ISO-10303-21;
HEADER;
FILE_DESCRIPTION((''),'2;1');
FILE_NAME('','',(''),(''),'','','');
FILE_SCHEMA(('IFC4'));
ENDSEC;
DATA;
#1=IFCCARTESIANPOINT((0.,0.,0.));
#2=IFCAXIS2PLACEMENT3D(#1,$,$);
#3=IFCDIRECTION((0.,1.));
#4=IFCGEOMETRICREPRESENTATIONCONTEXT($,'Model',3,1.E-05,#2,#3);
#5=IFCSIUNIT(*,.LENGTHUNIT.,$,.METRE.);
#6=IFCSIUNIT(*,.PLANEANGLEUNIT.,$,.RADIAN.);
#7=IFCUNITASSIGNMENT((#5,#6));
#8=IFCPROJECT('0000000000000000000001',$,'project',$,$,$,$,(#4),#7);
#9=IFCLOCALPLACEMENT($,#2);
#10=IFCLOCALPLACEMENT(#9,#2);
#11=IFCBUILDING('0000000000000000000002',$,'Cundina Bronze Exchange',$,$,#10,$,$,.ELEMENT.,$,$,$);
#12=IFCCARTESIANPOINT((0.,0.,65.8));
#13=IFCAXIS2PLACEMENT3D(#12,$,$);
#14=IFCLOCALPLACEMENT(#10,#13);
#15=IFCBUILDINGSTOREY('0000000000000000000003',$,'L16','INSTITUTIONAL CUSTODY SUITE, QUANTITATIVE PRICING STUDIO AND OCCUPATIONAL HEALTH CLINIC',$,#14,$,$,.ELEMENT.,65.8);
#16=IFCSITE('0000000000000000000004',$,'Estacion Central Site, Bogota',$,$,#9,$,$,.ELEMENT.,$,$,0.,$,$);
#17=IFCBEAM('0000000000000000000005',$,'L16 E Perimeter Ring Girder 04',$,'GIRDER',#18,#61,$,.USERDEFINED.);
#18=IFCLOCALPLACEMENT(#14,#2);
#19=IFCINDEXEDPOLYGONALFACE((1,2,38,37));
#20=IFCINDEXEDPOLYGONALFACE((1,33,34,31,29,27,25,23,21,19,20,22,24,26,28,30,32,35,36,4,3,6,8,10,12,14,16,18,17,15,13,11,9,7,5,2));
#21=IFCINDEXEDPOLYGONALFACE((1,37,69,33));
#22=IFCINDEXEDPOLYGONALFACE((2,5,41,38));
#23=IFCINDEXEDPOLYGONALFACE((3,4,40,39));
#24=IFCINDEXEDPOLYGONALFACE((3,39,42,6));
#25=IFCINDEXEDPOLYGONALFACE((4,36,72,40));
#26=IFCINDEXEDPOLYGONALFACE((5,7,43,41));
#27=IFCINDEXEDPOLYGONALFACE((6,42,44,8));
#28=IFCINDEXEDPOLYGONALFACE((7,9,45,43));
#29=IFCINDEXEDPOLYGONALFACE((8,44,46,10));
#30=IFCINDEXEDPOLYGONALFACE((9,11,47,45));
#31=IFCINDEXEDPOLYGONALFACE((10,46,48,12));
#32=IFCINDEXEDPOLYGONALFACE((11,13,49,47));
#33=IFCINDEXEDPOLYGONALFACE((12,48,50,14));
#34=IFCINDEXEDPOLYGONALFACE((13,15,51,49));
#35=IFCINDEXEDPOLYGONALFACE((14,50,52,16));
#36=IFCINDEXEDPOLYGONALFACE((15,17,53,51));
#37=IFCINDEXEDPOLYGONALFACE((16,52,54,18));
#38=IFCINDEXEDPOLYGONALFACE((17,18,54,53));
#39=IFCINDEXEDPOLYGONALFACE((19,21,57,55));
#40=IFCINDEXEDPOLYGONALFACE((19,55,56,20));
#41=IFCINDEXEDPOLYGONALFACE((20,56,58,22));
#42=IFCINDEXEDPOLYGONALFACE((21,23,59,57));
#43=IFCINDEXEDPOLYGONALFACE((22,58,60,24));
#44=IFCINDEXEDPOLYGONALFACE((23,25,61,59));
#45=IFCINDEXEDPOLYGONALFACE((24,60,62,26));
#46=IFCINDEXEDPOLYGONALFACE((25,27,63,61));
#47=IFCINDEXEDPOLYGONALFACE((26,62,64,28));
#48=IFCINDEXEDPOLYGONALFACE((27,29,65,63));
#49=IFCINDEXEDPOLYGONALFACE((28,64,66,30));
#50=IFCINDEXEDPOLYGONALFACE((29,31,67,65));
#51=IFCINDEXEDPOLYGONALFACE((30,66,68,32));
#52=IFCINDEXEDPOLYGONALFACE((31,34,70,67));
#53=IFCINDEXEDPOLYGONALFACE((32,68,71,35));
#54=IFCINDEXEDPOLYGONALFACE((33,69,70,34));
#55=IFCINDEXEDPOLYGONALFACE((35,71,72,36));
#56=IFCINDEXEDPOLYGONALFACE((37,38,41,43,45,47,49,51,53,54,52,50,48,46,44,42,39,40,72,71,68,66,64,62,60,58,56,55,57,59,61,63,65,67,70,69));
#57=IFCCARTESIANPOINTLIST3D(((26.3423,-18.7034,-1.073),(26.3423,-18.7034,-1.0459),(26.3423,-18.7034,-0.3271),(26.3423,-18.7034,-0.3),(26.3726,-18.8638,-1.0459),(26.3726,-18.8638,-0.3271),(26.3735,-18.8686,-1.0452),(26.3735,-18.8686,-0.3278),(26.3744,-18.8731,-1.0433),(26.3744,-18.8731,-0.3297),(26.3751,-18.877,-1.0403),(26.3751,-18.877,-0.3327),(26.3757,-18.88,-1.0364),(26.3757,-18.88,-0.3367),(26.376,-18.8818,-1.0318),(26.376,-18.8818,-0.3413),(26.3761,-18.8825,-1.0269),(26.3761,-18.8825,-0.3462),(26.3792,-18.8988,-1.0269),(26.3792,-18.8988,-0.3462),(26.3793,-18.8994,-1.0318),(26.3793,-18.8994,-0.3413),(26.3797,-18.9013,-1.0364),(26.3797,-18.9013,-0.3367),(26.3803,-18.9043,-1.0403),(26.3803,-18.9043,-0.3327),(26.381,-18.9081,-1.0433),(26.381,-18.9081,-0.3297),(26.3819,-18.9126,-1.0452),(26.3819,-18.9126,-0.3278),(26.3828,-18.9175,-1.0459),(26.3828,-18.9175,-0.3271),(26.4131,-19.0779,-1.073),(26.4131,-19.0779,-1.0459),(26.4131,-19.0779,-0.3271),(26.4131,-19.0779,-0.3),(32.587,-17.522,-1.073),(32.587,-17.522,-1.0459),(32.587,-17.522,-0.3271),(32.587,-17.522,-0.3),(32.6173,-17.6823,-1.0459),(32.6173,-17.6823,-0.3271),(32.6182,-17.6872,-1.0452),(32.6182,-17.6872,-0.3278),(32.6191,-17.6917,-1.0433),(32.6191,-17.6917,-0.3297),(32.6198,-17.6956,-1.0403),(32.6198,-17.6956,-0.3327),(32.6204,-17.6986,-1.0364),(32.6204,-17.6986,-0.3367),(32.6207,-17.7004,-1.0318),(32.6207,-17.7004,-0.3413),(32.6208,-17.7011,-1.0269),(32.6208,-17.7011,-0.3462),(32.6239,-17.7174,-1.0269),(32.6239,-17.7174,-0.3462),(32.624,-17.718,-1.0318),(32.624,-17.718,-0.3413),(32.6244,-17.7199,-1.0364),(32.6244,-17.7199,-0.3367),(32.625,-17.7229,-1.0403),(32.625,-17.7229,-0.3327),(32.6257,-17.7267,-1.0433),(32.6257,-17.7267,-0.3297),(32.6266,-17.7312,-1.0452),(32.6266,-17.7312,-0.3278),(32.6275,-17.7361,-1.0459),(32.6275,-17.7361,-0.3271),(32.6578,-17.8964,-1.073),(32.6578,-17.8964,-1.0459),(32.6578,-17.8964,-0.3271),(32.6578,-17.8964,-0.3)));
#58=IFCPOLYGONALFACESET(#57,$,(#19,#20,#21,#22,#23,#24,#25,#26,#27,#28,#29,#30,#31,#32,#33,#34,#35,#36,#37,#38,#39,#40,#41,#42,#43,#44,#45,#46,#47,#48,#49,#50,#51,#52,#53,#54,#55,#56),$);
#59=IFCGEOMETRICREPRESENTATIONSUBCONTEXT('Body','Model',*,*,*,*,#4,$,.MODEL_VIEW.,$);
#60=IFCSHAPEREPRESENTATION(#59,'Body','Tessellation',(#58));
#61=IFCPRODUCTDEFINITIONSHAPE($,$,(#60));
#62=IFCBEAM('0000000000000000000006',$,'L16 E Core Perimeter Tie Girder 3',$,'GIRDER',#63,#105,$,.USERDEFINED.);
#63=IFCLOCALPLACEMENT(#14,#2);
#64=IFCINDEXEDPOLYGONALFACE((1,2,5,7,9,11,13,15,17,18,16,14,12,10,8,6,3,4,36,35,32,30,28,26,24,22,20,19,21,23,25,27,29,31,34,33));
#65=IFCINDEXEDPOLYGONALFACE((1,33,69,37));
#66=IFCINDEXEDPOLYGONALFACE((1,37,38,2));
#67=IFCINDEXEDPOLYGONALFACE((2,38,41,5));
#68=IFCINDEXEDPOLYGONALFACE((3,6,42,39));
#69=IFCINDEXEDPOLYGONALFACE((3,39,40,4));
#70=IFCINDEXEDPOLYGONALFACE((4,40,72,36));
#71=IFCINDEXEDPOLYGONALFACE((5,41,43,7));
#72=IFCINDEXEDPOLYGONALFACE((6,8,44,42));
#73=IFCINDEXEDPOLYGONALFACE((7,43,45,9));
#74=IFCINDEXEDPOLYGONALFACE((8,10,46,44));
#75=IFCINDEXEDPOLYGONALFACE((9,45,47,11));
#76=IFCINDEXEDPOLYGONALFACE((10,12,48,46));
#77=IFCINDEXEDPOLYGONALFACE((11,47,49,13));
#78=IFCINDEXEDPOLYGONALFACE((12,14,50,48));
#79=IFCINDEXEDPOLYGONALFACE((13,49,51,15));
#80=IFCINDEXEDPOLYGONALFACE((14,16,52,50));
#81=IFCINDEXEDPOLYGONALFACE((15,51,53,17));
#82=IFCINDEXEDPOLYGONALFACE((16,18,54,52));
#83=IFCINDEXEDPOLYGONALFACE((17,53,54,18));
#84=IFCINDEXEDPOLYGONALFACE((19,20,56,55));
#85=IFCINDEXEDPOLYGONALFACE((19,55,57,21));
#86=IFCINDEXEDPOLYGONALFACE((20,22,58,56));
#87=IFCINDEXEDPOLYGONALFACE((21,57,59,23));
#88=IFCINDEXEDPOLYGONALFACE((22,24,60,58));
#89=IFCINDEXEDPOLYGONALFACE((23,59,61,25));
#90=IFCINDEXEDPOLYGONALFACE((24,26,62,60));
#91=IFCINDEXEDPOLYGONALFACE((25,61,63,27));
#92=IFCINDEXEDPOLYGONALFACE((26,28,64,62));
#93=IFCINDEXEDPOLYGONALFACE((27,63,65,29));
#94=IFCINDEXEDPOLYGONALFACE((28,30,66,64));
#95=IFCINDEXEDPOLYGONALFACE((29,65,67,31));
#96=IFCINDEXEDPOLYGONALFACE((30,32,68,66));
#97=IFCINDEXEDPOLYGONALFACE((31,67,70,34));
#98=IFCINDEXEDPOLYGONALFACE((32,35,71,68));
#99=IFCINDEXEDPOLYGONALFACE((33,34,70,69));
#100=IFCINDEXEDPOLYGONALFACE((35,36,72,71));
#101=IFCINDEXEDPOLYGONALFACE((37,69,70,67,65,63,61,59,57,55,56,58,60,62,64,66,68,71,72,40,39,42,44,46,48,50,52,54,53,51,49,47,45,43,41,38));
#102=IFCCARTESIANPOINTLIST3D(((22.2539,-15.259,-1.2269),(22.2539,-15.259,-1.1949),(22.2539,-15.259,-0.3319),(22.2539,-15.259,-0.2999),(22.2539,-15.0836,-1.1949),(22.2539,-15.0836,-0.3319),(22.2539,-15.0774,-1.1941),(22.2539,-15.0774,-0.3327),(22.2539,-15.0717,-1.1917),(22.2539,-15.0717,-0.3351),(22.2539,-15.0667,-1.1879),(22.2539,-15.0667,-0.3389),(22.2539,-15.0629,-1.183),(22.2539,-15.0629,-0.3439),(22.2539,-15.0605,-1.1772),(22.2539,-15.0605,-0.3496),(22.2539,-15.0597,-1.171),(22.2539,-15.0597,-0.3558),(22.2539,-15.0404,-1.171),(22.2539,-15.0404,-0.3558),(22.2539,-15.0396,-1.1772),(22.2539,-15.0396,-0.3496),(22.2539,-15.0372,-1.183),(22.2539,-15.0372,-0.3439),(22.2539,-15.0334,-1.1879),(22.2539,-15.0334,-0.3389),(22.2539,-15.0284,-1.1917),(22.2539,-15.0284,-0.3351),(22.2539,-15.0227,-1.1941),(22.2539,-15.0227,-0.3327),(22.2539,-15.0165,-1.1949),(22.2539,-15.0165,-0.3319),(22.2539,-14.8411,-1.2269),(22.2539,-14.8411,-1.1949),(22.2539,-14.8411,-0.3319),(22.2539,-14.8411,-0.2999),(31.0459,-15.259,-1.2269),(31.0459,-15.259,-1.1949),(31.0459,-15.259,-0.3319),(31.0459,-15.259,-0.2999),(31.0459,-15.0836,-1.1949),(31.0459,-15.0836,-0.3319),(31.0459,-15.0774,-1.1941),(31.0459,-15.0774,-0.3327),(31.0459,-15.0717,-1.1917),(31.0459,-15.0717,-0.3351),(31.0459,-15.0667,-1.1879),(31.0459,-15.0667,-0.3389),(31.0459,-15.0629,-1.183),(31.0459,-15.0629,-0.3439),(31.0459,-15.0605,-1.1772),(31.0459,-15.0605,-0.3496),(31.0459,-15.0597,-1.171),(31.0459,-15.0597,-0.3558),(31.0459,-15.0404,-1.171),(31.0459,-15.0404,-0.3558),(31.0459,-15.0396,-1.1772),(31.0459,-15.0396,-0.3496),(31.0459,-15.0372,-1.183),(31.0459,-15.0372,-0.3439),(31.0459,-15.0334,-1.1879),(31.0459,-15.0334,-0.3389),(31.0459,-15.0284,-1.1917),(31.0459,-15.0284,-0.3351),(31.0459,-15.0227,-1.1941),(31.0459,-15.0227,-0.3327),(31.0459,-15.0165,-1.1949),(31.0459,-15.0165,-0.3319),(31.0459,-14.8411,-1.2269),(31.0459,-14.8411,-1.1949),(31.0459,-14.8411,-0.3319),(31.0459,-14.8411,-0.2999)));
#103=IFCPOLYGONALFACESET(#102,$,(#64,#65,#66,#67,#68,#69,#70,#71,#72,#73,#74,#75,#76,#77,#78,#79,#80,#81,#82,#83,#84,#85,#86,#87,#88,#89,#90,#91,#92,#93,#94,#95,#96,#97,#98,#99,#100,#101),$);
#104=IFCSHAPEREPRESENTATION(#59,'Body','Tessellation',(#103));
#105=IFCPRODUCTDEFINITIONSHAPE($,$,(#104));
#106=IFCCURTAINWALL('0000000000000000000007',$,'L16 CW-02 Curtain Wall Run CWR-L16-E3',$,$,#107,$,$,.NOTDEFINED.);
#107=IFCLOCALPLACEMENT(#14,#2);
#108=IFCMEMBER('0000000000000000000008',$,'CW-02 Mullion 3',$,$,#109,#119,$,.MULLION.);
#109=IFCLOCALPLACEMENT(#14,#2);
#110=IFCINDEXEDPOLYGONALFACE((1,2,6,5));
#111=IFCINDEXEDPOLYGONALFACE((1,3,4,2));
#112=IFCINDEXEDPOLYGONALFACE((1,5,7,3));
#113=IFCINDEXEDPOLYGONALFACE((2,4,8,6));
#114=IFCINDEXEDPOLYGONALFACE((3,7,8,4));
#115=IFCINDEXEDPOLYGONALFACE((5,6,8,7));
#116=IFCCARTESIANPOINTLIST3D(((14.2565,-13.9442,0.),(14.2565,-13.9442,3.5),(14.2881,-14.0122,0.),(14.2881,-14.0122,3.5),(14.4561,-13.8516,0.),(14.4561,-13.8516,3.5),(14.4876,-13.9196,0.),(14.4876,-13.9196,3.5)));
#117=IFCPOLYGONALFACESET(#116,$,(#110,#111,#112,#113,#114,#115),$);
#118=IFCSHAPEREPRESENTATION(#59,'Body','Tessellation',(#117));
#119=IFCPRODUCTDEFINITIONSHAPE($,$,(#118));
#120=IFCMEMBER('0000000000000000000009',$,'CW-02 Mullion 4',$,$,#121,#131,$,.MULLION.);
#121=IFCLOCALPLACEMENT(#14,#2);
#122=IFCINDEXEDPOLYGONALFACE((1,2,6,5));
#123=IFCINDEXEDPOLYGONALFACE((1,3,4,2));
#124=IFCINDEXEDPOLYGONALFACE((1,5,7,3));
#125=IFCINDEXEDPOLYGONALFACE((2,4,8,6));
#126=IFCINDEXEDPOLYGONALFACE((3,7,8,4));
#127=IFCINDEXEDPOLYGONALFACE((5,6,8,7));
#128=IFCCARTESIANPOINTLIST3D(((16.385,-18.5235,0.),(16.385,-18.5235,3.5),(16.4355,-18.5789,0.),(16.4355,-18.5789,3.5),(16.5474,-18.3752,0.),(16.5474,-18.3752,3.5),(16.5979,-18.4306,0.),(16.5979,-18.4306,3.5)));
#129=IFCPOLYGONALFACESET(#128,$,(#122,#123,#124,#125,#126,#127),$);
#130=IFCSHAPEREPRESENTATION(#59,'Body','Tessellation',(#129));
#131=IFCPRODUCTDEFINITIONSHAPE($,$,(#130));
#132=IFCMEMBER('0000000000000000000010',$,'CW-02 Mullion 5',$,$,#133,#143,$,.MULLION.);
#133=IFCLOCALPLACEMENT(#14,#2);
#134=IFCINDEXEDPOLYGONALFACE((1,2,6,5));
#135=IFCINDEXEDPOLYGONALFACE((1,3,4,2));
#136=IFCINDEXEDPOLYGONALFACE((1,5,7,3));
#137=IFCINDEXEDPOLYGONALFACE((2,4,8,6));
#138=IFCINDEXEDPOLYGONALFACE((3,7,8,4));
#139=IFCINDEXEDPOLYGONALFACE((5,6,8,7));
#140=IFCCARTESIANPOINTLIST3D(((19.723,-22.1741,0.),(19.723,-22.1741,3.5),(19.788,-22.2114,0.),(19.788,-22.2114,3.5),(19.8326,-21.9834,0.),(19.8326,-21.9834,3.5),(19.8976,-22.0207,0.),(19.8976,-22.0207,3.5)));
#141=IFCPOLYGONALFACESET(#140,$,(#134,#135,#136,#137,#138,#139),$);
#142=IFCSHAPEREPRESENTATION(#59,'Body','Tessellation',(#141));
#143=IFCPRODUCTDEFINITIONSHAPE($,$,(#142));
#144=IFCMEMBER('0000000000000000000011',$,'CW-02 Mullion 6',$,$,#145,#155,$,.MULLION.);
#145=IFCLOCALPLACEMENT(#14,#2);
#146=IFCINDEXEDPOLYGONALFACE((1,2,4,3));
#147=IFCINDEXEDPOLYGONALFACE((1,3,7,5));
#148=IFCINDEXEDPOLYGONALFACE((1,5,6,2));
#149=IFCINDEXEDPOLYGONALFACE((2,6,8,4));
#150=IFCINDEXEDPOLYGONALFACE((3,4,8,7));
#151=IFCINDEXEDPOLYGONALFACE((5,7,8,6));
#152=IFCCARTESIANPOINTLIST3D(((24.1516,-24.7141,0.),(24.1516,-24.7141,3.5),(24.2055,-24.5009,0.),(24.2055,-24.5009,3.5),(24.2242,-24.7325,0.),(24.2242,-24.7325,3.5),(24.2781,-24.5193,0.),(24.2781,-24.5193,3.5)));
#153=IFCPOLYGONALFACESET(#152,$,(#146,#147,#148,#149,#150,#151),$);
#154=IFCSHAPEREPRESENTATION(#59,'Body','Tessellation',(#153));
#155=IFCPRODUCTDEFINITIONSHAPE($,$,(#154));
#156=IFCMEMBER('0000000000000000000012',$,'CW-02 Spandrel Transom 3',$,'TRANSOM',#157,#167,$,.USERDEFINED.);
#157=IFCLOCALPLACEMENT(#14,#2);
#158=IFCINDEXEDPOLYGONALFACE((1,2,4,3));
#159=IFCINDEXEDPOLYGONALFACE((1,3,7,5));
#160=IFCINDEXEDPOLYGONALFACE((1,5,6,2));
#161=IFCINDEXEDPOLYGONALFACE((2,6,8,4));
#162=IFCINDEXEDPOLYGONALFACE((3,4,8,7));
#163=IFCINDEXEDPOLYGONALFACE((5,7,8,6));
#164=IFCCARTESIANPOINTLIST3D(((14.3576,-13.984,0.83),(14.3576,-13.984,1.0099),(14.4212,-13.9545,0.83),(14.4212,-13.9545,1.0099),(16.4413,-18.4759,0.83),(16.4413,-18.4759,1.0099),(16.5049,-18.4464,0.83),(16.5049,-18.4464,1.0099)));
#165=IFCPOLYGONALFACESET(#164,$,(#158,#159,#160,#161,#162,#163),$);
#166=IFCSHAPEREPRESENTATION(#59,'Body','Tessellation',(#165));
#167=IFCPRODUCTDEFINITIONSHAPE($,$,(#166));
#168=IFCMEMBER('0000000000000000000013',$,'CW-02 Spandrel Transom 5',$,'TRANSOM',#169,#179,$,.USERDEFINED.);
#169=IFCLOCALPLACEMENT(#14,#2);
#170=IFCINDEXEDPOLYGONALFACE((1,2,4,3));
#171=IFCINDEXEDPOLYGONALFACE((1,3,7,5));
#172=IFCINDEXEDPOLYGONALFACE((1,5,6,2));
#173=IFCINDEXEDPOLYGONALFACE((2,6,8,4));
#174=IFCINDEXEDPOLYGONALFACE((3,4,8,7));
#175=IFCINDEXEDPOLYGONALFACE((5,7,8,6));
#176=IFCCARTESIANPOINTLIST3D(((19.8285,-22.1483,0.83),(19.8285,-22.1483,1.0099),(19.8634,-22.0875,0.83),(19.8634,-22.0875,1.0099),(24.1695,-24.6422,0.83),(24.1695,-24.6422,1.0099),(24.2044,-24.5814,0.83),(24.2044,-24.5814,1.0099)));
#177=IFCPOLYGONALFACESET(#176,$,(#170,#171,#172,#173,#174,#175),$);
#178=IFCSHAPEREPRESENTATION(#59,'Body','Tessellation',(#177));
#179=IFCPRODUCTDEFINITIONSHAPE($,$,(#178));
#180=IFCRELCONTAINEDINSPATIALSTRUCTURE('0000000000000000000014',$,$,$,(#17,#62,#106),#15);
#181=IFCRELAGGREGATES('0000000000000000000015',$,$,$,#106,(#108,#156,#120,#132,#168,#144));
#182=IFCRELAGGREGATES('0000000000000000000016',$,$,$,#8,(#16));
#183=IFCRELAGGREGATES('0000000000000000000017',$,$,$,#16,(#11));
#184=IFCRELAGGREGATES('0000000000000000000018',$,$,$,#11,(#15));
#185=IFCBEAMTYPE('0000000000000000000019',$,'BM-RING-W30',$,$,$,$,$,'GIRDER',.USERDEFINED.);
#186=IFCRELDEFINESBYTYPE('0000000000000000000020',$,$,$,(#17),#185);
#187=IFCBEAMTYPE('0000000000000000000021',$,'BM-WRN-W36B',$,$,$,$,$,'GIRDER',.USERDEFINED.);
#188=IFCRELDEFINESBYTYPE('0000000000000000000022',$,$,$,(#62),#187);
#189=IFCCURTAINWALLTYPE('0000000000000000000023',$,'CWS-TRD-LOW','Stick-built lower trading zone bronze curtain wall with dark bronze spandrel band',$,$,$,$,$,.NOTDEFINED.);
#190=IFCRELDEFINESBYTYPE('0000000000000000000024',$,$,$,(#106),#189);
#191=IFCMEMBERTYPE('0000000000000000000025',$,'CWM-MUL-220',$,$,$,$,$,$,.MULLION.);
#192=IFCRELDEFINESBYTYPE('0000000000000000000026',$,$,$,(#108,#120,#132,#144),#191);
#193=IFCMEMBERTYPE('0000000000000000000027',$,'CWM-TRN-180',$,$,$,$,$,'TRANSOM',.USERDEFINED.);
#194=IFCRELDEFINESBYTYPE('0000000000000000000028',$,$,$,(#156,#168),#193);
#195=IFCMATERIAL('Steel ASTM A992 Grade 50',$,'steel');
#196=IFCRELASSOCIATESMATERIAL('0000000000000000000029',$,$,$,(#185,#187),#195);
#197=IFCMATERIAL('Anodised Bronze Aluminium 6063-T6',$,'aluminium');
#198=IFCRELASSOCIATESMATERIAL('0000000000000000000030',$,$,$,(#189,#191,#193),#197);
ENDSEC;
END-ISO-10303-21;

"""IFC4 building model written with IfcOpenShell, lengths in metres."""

from ifc_helpers import new_model, si_unit, direction, frame, origin, origin_2d, place, context, subcontext, project, spatial, rectangle, i_section, extrude, material, material_profile, profile_set, type_object, element, aggregate, save


model = new_model("IFC4")

# Units and contexts
model_context = context("Model", 3, precision=1e-05, world=origin(), true_north=direction((0.0, 1.0)))
body_context = subcontext(model_context, "Body", "Model", "MODEL_VIEW")
ifc_project = project(units=[si_unit("LENGTHUNIT", "METRE"), si_unit("PLANEANGLEUNIT", "RADIAN")], contexts=[model_context])

# Site, building, storey
site_placement = place(None, origin())
site = spatial("IfcSite", under=ifc_project, at=site_placement, Name="Estacion Central Site, Bogota", CompositionType="ELEMENT", RefElevation=0.0)
building_placement = place(site_placement, origin())
building = spatial("IfcBuilding", under=site, at=building_placement, Name="Cundina Bronze Exchange", CompositionType="ELEMENT")
storey_placement = place(building_placement, frame((0.0, 0.0, 65.8)))
storey = spatial("IfcBuildingStorey", under=building, at=storey_placement, Name="L16", Description="INSTITUTIONAL CUSTODY SUITE, QUANTITATIVE PRICING STUDIO AND OCCUPATIONAL HEALTH CLINIC", CompositionType="ELEMENT", Elevation=65.8)

# Shared definitions
ifc_material_1 = material(Name="Steel ASTM A992 Grade 50", Category="steel")

# Beams
ifc_material_profile_1 = material_profile(ifc_material_1, i_section(OverallWidth=0.3811, OverallDepth=0.7729, WebThickness=0.0166, FlangeThickness=0.0271, FilletRadius=0.019, at=origin_2d()), Name="W30X173", Category="steel")
ifc_profile_set_1 = profile_set([ifc_material_profile_1], Name="Steel ASTM A992 Grade 50")
beam_type_1 = type_object("IfcBeamType", Name="BM-RING-W30", ElementType="GIRDER", PredefinedType="USERDEFINED", material=ifc_profile_set_1)
beam_1_placement = place(storey_placement, frame((26.3777, -18.8906, -0.6865), z_axis=(0.982571, 0.185889, 0.0), x_axis=(-0.185889, 0.982571, 0.0)))
element("IfcBeam", 1, at=beam_1_placement, inside=storey, type_object=beam_type_1, Name="L16 E Perimeter Ring Girder 04", ObjectType="GIRDER", PredefinedType="USERDEFINED", context=body_context, shape_type="SweptSolid", body=[
    extrude(i_section(OverallWidth=0.3811, OverallDepth=0.7729, WebThickness=0.0166, FlangeThickness=0.0271, FilletRadius=0.019, at=origin_2d()), origin(), (0.0, 0.0, 1.0), 6.3555),
])
ifc_material_profile_2 = material_profile(ifc_material_1, i_section(OverallWidth=0.418, OverallDepth=0.927, WebThickness=0.0193, FlangeThickness=0.032, FilletRadius=0.0239, at=origin_2d()), Name="W36X231", Category="steel")
ifc_profile_set_2 = profile_set([ifc_material_profile_2], Name="Steel ASTM A992 Grade 50")
beam_type_2 = type_object("IfcBeamType", Name="BM-WRN-W36B", ElementType="GIRDER", PredefinedType="USERDEFINED", material=ifc_profile_set_2)
beam_2_placement = place(storey_placement, frame((22.2539, -15.05, -0.7634), z_axis=(1.0, 0.0, 0.0), x_axis=(0.0, 1.0, 0.0)))
element("IfcBeam", 2, at=beam_2_placement, inside=storey, type_object=beam_type_2, Name="L16 E Core Perimeter Tie Girder 3", ObjectType="GIRDER", PredefinedType="USERDEFINED", context=body_context, shape_type="SweptSolid", body=[
    extrude(i_section(OverallWidth=0.418, OverallDepth=0.927, WebThickness=0.0193, FlangeThickness=0.032, FilletRadius=0.0239, at=origin_2d()), origin(), (0.0, 0.0, 1.0), 8.792),
])

# Curtain wall, members
ifc_material_2 = material(Name="Anodised Bronze Aluminium 6063-T6", Category="aluminium")
curtain_wall_type = type_object("IfcCurtainWallType", Name="CWS-TRD-LOW", Description="Stick-built lower trading zone bronze curtain wall with dark bronze spandrel band", PredefinedType="NOTDEFINED", material=ifc_material_2)
curtain_wall_placement = place(storey_placement, origin())
curtain_wall = element("IfcCurtainWall", 3, at=curtain_wall_placement, inside=storey, type_object=curtain_wall_type, Name="L16 CW-02 Curtain Wall Run CWR-L16-E3", PredefinedType="NOTDEFINED")
ifc_material_profile_3 = material_profile(ifc_material_2, rectangle(XDim=0.075, YDim=0.22, at=origin_2d()), Name="AL75X220", Category="aluminium")
ifc_profile_set_3 = profile_set([ifc_material_profile_3], Name="Anodised Bronze Aluminium 6063-T6")
member_type_1 = type_object("IfcMemberType", Name="CWM-MUL-220", PredefinedType="MULLION", material=ifc_profile_set_3)
member_1_placement = place(storey_placement, frame((14.3721, -13.9319, 0.0), z_axis=(0.0, 0.0, 1.0), x_axis=(0.420877, -0.907117, 0.0)))
member_1 = element("IfcMember", 4, at=member_1_placement, type_object=member_type_1, Name="CW-02 Mullion 3", PredefinedType="MULLION", context=body_context, shape_type="SweptSolid", body=[
    extrude(rectangle(XDim=0.075, YDim=0.22, at=origin_2d()), origin(), (0.0, 0.0, 1.0), 3.5),
])
member_2_placement = place(storey_placement, frame((16.4915, -18.4771, 0.0), z_axis=(0.0, 0.0, 1.0), x_axis=(0.674302, -0.738455, 0.0)))
member_2 = element("IfcMember", 5, at=member_2_placement, type_object=member_type_1, Name="CW-02 Mullion 4", PredefinedType="MULLION", context=body_context, shape_type="SweptSolid", body=[
    extrude(rectangle(XDim=0.075, YDim=0.22, at=origin_2d()), origin(), (0.0, 0.0, 1.0), 3.5),
])
member_3_placement = place(storey_placement, frame((19.8103, -22.0974, 0.0), z_axis=(0.0, 0.0, 1.0), x_axis=(0.867071, -0.498185, 0.0)))
member_3 = element("IfcMember", 6, at=member_3_placement, type_object=member_type_1, Name="CW-02 Mullion 5", PredefinedType="MULLION", context=body_context, shape_type="SweptSolid", body=[
    extrude(rectangle(XDim=0.075, YDim=0.22, at=origin_2d()), origin(), (0.0, 0.0, 1.0), 3.5),
])
member_4_placement = place(storey_placement, frame((24.2148, -24.6167, 0.0), z_axis=(0.0, 0.0, 1.0), x_axis=(0.969488, -0.245138, 0.0)))
member_4 = element("IfcMember", 7, at=member_4_placement, type_object=member_type_1, Name="CW-02 Mullion 6", PredefinedType="MULLION", context=body_context, shape_type="SweptSolid", body=[
    extrude(rectangle(XDim=0.075, YDim=0.22, at=origin_2d()), origin(), (0.0, 0.0, 1.0), 3.5),
])
ifc_material_profile_4 = material_profile(ifc_material_2, rectangle(XDim=0.0701, YDim=0.1799, at=origin_2d()), Name="AL70X180", Category="aluminium")
ifc_profile_set_4 = profile_set([ifc_material_profile_4], Name="Anodised Bronze Aluminium 6063-T6")
member_type_2 = type_object("IfcMemberType", Name="CWM-TRN-180", ElementType="TRANSOM", PredefinedType="USERDEFINED", material=ifc_profile_set_4)
member_5_placement = place(storey_placement, frame((14.3894, -13.9692, 0.9199), z_axis=(0.420811, -0.907148, 0.0), x_axis=(0.907148, 0.420811, 0.0)))
member_5 = element("IfcMember", 8, at=member_5_placement, type_object=member_type_2, Name="CW-02 Spandrel Transom 3", ObjectType="TRANSOM", PredefinedType="USERDEFINED", context=body_context, shape_type="SweptSolid", body=[
    extrude(rectangle(XDim=0.0701, YDim=0.1799, at=origin_2d()), origin(), (0.0, 0.0, 1.0), 4.9517),
])
member_6_placement = place(storey_placement, frame((19.8459, -22.1179, 0.9199), z_axis=(0.867097, -0.498139, 0.0), x_axis=(0.498139, 0.867097, 0.0)))
member_6 = element("IfcMember", 9, at=member_6_placement, type_object=member_type_2, Name="CW-02 Spandrel Transom 5", ObjectType="TRANSOM", PredefinedType="USERDEFINED", context=body_context, shape_type="SweptSolid", body=[
    extrude(rectangle(XDim=0.0701, YDim=0.1799, at=origin_2d()), origin(), (0.0, 0.0, 1.0), 5.0063),
])
aggregate(curtain_wall, [member_1, member_5, member_2, member_3, member_6, member_4])

save(model, "model.ifc")
